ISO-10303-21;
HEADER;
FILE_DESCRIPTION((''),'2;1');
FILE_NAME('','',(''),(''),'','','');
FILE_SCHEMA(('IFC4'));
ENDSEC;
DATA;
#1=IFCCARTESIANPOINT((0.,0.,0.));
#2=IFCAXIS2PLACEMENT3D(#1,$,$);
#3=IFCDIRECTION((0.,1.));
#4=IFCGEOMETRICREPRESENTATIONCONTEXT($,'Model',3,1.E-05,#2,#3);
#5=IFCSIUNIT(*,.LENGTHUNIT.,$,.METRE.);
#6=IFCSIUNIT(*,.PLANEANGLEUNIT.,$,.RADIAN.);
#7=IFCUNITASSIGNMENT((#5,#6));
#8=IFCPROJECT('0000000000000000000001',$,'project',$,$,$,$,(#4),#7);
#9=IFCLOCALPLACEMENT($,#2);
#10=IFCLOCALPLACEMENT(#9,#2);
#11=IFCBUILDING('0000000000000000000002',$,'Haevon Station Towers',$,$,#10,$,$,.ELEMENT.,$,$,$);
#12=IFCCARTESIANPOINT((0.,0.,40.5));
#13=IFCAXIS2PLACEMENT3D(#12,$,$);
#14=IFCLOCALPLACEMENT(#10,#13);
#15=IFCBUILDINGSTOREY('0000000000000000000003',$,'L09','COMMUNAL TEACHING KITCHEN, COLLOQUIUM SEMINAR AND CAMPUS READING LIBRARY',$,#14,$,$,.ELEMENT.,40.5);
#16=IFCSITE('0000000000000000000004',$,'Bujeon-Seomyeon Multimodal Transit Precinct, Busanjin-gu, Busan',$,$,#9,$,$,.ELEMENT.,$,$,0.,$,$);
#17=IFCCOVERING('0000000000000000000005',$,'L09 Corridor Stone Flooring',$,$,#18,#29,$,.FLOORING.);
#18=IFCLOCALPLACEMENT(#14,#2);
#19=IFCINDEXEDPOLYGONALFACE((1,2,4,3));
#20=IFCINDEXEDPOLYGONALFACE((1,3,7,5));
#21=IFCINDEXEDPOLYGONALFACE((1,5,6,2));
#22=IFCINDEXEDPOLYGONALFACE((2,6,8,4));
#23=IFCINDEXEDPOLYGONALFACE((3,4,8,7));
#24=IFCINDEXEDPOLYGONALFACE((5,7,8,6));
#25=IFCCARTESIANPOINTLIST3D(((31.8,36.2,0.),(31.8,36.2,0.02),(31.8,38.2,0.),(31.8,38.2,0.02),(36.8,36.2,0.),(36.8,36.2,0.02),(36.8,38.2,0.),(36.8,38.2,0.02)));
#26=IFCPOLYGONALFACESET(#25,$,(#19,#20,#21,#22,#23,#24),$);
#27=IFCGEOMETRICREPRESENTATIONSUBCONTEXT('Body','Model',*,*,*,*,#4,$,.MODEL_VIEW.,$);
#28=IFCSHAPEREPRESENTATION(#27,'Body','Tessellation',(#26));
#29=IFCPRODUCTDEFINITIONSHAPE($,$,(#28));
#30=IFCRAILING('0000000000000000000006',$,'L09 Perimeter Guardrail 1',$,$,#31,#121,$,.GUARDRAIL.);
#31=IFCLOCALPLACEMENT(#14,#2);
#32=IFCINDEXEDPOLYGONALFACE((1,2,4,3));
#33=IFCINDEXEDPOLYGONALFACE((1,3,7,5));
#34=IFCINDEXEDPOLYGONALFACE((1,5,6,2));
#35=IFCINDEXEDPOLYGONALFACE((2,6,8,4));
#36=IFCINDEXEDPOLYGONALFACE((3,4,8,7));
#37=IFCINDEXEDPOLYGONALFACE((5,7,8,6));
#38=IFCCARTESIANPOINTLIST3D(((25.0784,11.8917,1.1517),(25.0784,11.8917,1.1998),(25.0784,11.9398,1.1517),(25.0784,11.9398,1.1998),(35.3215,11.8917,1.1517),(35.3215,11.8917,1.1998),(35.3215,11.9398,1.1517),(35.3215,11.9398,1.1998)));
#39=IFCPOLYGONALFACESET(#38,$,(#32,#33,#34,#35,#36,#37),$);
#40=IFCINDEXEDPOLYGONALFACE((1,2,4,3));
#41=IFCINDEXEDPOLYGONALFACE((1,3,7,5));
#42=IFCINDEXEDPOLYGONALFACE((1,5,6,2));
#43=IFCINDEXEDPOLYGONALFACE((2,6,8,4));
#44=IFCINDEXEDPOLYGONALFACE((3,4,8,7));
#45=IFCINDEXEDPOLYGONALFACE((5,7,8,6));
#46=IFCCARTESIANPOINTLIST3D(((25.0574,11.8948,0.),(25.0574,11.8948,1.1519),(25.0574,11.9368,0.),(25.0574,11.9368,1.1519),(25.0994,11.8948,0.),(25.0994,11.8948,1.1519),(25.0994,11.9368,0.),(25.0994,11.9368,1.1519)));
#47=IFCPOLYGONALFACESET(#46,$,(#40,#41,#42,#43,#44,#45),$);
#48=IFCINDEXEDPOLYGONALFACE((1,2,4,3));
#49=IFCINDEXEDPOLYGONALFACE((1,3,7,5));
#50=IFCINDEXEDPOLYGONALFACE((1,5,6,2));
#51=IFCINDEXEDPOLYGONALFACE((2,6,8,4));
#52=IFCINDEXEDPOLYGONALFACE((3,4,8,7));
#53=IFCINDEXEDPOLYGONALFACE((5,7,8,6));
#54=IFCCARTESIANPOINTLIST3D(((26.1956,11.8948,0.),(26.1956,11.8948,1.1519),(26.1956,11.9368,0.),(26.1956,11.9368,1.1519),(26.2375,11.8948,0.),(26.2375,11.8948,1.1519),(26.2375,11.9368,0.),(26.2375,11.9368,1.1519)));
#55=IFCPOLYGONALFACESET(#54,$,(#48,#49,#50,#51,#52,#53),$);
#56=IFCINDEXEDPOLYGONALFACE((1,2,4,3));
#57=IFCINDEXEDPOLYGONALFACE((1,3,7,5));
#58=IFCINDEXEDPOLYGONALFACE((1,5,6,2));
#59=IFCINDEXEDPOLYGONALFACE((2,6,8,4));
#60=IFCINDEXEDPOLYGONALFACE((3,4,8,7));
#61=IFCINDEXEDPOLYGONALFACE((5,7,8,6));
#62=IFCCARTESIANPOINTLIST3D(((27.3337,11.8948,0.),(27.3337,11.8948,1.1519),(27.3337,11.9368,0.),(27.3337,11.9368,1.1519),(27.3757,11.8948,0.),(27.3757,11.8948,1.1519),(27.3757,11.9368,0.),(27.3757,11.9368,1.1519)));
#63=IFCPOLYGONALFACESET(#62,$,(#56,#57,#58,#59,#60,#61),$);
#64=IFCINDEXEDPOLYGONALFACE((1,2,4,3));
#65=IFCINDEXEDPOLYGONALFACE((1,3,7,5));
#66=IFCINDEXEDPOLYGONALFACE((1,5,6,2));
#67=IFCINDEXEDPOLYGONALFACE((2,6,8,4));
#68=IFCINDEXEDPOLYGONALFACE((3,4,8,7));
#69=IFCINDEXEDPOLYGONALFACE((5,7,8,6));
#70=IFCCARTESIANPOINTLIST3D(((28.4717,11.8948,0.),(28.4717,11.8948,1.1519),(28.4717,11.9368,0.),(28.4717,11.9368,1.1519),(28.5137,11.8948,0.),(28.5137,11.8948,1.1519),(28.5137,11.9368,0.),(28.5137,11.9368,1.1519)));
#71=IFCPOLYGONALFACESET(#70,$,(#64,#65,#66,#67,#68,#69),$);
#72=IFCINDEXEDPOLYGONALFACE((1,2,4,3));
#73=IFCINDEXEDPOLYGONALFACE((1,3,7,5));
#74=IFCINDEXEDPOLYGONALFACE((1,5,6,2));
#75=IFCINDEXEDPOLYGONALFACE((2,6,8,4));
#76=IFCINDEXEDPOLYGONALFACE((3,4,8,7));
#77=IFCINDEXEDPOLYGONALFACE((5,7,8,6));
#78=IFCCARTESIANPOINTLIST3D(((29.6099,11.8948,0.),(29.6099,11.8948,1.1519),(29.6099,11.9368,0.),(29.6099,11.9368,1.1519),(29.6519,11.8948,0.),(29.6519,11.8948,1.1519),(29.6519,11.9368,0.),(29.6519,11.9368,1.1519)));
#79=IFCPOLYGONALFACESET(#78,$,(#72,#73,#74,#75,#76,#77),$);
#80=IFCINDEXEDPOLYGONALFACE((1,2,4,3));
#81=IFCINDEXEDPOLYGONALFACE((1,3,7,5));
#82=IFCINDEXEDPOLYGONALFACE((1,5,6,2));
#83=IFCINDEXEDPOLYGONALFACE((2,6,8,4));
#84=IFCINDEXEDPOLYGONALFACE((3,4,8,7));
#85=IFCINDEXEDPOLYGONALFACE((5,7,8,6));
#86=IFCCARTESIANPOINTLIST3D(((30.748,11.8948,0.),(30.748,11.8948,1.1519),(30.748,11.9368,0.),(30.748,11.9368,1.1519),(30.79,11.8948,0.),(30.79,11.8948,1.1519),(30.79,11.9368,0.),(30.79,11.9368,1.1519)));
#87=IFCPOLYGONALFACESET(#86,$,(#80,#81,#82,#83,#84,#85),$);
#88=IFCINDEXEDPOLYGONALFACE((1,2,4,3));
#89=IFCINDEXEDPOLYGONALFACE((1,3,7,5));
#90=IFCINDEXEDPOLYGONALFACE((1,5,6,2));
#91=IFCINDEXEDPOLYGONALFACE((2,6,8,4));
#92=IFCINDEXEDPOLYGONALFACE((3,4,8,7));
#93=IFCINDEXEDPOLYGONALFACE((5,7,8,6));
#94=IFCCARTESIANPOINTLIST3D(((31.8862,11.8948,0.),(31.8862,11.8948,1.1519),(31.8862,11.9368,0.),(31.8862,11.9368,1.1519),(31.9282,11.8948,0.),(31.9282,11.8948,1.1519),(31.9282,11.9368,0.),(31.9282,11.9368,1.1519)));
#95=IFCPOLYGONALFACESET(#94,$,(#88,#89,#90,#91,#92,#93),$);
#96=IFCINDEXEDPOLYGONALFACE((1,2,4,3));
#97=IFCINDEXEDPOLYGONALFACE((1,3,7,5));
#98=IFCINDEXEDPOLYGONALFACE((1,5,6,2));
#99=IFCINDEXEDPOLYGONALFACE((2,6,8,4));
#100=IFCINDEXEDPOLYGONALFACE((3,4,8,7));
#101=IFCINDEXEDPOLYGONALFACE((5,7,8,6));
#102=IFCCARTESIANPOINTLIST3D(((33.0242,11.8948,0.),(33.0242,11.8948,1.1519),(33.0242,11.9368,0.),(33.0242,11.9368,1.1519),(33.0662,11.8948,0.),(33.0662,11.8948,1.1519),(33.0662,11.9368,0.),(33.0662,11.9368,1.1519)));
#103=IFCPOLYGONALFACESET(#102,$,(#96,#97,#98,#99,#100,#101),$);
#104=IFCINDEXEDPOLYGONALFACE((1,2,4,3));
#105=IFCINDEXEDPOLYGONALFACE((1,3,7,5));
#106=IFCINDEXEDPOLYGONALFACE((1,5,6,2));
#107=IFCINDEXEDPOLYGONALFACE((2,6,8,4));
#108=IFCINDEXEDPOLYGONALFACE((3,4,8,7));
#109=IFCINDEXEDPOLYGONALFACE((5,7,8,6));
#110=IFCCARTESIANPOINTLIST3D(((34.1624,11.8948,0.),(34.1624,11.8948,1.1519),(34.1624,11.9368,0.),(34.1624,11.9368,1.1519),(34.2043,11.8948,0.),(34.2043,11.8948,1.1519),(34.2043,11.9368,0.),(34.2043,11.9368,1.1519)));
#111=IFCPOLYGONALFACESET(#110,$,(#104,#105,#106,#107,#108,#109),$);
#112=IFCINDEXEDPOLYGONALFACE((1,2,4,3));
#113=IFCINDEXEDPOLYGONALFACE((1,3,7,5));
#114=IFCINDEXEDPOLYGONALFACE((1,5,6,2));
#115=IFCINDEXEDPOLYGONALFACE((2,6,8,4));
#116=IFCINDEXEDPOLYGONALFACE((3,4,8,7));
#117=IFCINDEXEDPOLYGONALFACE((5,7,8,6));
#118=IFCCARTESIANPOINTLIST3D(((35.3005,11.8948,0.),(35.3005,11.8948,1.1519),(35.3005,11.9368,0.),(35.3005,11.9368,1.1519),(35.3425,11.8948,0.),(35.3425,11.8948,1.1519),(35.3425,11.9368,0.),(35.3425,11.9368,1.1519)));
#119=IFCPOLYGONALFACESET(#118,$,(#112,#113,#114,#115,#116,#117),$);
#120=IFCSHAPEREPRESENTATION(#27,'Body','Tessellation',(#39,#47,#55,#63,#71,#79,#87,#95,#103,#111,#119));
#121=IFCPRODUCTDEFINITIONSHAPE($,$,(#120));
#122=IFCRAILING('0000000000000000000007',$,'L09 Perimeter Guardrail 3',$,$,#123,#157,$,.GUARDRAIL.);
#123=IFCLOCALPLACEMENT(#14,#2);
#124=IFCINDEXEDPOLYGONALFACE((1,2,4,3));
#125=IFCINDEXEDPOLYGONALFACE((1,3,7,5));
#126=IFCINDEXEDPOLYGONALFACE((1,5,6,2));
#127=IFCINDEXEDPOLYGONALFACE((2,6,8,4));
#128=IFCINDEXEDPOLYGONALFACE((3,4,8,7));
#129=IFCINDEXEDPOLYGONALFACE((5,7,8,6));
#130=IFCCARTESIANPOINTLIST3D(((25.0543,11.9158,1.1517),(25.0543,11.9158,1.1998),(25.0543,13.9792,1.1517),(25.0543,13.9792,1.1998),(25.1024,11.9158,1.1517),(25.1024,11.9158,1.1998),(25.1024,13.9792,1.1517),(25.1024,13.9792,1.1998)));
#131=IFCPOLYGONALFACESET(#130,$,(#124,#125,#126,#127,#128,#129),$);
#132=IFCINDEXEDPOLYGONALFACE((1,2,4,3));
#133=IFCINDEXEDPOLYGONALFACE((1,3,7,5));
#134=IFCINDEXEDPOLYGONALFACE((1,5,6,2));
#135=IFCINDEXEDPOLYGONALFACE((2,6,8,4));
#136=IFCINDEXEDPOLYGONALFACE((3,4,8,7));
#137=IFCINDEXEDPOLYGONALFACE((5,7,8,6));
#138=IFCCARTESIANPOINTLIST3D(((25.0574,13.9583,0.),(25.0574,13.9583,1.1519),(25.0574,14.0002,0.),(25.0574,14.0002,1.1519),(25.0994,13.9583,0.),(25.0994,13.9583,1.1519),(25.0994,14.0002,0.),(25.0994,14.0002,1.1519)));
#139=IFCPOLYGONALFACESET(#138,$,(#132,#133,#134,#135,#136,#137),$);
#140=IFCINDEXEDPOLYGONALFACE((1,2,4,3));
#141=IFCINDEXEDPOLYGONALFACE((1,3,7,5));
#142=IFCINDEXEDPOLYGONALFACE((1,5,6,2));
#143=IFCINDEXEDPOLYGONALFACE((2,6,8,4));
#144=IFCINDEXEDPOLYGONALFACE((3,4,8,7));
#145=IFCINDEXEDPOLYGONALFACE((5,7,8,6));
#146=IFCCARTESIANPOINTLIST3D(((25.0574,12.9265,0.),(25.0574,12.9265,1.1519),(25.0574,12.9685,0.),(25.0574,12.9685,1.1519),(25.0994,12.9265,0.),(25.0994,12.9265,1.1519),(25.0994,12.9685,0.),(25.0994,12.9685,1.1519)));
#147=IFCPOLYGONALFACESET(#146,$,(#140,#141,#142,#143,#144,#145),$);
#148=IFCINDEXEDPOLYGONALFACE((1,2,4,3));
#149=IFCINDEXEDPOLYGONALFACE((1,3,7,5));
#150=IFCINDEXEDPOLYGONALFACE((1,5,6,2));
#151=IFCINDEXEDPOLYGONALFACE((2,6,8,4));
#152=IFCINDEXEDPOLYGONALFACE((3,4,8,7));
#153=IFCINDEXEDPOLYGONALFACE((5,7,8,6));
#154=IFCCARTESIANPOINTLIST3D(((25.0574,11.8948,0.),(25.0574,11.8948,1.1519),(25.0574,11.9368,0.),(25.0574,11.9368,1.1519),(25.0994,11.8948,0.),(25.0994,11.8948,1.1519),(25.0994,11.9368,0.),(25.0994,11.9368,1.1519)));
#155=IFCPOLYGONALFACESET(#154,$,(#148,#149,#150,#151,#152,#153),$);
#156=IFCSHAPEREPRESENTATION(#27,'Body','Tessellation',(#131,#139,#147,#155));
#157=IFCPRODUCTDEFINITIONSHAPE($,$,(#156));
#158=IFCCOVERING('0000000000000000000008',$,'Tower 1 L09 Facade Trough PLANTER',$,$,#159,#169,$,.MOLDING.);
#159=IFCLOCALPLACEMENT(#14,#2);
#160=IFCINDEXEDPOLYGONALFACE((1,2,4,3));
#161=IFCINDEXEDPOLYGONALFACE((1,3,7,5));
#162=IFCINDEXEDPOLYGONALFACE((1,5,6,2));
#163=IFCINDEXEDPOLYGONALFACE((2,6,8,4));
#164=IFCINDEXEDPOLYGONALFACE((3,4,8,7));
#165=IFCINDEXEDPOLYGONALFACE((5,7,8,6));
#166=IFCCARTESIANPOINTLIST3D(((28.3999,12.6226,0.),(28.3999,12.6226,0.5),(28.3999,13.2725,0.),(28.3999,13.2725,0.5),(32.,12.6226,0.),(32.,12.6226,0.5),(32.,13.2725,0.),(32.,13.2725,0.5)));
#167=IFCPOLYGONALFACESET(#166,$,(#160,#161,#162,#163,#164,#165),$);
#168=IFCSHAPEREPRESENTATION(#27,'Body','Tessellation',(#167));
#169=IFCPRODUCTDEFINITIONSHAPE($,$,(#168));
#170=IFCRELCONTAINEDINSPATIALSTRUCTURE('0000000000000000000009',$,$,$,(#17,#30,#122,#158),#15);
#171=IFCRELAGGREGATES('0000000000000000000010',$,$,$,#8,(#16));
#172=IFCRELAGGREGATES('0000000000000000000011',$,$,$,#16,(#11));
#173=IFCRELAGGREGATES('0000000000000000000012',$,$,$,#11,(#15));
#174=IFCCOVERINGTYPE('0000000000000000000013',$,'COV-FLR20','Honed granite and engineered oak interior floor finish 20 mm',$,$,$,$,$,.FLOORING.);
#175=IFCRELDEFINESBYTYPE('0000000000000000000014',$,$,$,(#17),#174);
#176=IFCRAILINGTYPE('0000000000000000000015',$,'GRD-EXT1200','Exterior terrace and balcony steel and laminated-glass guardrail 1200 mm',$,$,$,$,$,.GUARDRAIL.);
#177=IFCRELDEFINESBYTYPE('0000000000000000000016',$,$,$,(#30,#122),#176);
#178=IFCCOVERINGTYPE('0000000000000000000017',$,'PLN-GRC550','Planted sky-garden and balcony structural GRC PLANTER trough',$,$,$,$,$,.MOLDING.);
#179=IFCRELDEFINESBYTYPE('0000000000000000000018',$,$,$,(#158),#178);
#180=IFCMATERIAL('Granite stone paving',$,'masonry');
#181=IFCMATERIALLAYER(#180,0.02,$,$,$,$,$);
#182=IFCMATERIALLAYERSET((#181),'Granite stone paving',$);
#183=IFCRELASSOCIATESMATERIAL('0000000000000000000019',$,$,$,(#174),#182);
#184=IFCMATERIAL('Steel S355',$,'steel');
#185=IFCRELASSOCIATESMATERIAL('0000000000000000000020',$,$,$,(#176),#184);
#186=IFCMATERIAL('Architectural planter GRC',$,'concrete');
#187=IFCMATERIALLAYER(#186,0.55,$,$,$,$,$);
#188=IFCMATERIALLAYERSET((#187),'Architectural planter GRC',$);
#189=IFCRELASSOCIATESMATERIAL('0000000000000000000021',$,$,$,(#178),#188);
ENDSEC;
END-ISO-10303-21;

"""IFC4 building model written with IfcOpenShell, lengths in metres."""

from ifc_helpers import new_model, si_unit, direction, frame, origin, origin_2d, place, context, subcontext, project, spatial, polyline, rectangle, outline, extrude, material, layer, layer_set, type_object, element, save


model = new_model("IFC4")

# Units and contexts
model_context = context("Model", 3, precision=1e-05, world=origin(), true_north=direction((0.0, 1.0)))
body_context = subcontext(model_context, "Body", "Model", "MODEL_VIEW")
ifc_project = project(units=[si_unit("LENGTHUNIT", "METRE"), si_unit("PLANEANGLEUNIT", "RADIAN")], contexts=[model_context])

# Site, building, storey
site_placement = place(None, origin())
site = spatial("IfcSite", under=ifc_project, at=site_placement, Name="Bujeon-Seomyeon Multimodal Transit Precinct, Busanjin-gu, Busan", CompositionType="ELEMENT", RefElevation=0.0)
building_placement = place(site_placement, origin())
building = spatial("IfcBuilding", under=site, at=building_placement, Name="Haevon Station Towers", CompositionType="ELEMENT")
storey_placement = place(building_placement, frame((0.0, 0.0, 40.5)))
storey = spatial("IfcBuildingStorey", under=building, at=storey_placement, Name="L09", Description="COMMUNAL TEACHING KITCHEN, COLLOQUIUM SEMINAR AND CAMPUS READING LIBRARY", CompositionType="ELEMENT", Elevation=40.5)

# Shared definitions
ifc_material_1 = material(Name="Steel S355", Category="steel")

# Covering
ifc_material_2 = material(Name="Granite stone paving", Category="masonry")
ifc_layer_1 = layer(ifc_material_2, 0.02)
ifc_layer_set_1 = layer_set([ifc_layer_1], Name="Granite stone paving")
covering_type_1 = type_object("IfcCoveringType", Name="COV-FLR20", Description="Honed granite and engineered oak interior floor finish 20 mm", PredefinedType="FLOORING", material=ifc_layer_set_1)
covering_1_placement = place(storey_placement, origin())
element("IfcCovering", 1, at=covering_1_placement, inside=storey, type_object=covering_type_1, Name="L09 Corridor Stone Flooring", PredefinedType="FLOORING", context=body_context, shape_type="SweptSolid", body=[
    extrude(outline(polyline([(31.8, 36.2), (36.8, 36.2), (36.8, 38.2), (31.8, 38.2), (31.8, 36.2)])), origin(), (0.0, 0.0, 1.0), 0.02),
])

# Railings
railing_type = type_object("IfcRailingType", Name="GRD-EXT1200", Description="Exterior terrace and balcony steel and laminated-glass guardrail 1200 mm", PredefinedType="GUARDRAIL", material=ifc_material_1)
railing_1_placement = place(storey_placement, frame((25.0784, 11.9158, 0.0)))
element("IfcRailing", 2, at=railing_1_placement, inside=storey, type_object=railing_type, Name="L09 Perimeter Guardrail 1", PredefinedType="GUARDRAIL", context=body_context, shape_type="SweptSolid", body=[
    extrude(rectangle(XDim=0.0481, YDim=0.0481, at=origin_2d()), frame((0.0, 0.0, 1.1758), z_axis=(1.0, 0.0, 0.0), x_axis=(0.0, 1.0, 0.0)), (0.0, 0.0, 1.0), 10.2432),
    extrude(rectangle(XDim=0.042, YDim=0.042, at=origin_2d()), origin(), (0.0, 0.0, 1.0), 1.1519),
    extrude(rectangle(XDim=0.042, YDim=0.042, at=origin_2d()), frame((1.1382, 0.0, 0.0)), (0.0, 0.0, 1.0), 1.1519),
    extrude(rectangle(XDim=0.042, YDim=0.042, at=origin_2d()), frame((2.2764, 0.0, 0.0)), (0.0, 0.0, 1.0), 1.1519),
    extrude(rectangle(XDim=0.042, YDim=0.042, at=origin_2d()), frame((3.4143, 0.0, 0.0)), (0.0, 0.0, 1.0), 1.1519),
    extrude(rectangle(XDim=0.042, YDim=0.042, at=origin_2d()), frame((4.5525, 0.0, 0.0)), (0.0, 0.0, 1.0), 1.1519),
    extrude(rectangle(XDim=0.042, YDim=0.042, at=origin_2d()), frame((5.6907, 0.0, 0.0)), (0.0, 0.0, 1.0), 1.1519),
    extrude(rectangle(XDim=0.042, YDim=0.042, at=origin_2d()), frame((6.8289, 0.0, 0.0)), (0.0, 0.0, 1.0), 1.1519),
    extrude(rectangle(XDim=0.042, YDim=0.042, at=origin_2d()), frame((7.9668, 0.0, 0.0)), (0.0, 0.0, 1.0), 1.1519),
    extrude(rectangle(XDim=0.042, YDim=0.042, at=origin_2d()), frame((9.105, 0.0, 0.0)), (0.0, 0.0, 1.0), 1.1519),
    extrude(rectangle(XDim=0.042, YDim=0.042, at=origin_2d()), frame((10.2432, 0.0, 0.0)), (0.0, 0.0, 1.0), 1.1519),
])
railing_2_placement = place(storey_placement, frame((25.0784, 13.9792, 0.0)))
element("IfcRailing", 3, at=railing_2_placement, inside=storey, type_object=railing_type, Name="L09 Perimeter Guardrail 3", PredefinedType="GUARDRAIL", context=body_context, shape_type="SweptSolid", body=[
    extrude(rectangle(XDim=0.0481, YDim=0.0481, at=origin_2d()), frame((0.0, 0.0, 1.1758), z_axis=(0.0, -1.0, 0.0), x_axis=(1.0, 0.0, 0.0)), (0.0, 0.0, 1.0), 2.0635),
    extrude(rectangle(XDim=0.042, YDim=0.042, at=origin_2d()), origin(), (0.0, 0.0, 1.0), 1.1519),
    extrude(rectangle(XDim=0.042, YDim=0.042, at=origin_2d()), frame((0.0, -1.0317, 0.0)), (0.0, 0.0, 1.0), 1.1519),
    extrude(rectangle(XDim=0.042, YDim=0.042, at=origin_2d()), frame((0.0, -2.0635, 0.0)), (0.0, 0.0, 1.0), 1.1519),
])

# Covering
ifc_material_3 = material(Name="Architectural planter GRC", Category="concrete")
ifc_layer_2 = layer(ifc_material_3, 0.55)
ifc_layer_set_2 = layer_set([ifc_layer_2], Name="Architectural planter GRC")
covering_type_2 = type_object("IfcCoveringType", Name="PLN-GRC550", Description="Planted sky-garden and balcony structural GRC PLANTER trough", PredefinedType="MOLDING", material=ifc_layer_set_2)
covering_2_placement = place(storey_placement, frame((30.2, 12.9475, 0.0), z_axis=(0.0, 0.0, 1.0), x_axis=(1.0, 0.0, 0.0)))
element("IfcCovering", 4, at=covering_2_placement, inside=storey, type_object=covering_type_2, Name="Tower 1 L09 Facade Trough PLANTER", PredefinedType="MOLDING", context=body_context, shape_type="SweptSolid", body=[
    extrude(rectangle(XDim=3.6001, YDim=0.6499, at=origin_2d()), origin(), (0.0, 0.0, 1.0), 0.5),
])

save(model, "model.ifc")
